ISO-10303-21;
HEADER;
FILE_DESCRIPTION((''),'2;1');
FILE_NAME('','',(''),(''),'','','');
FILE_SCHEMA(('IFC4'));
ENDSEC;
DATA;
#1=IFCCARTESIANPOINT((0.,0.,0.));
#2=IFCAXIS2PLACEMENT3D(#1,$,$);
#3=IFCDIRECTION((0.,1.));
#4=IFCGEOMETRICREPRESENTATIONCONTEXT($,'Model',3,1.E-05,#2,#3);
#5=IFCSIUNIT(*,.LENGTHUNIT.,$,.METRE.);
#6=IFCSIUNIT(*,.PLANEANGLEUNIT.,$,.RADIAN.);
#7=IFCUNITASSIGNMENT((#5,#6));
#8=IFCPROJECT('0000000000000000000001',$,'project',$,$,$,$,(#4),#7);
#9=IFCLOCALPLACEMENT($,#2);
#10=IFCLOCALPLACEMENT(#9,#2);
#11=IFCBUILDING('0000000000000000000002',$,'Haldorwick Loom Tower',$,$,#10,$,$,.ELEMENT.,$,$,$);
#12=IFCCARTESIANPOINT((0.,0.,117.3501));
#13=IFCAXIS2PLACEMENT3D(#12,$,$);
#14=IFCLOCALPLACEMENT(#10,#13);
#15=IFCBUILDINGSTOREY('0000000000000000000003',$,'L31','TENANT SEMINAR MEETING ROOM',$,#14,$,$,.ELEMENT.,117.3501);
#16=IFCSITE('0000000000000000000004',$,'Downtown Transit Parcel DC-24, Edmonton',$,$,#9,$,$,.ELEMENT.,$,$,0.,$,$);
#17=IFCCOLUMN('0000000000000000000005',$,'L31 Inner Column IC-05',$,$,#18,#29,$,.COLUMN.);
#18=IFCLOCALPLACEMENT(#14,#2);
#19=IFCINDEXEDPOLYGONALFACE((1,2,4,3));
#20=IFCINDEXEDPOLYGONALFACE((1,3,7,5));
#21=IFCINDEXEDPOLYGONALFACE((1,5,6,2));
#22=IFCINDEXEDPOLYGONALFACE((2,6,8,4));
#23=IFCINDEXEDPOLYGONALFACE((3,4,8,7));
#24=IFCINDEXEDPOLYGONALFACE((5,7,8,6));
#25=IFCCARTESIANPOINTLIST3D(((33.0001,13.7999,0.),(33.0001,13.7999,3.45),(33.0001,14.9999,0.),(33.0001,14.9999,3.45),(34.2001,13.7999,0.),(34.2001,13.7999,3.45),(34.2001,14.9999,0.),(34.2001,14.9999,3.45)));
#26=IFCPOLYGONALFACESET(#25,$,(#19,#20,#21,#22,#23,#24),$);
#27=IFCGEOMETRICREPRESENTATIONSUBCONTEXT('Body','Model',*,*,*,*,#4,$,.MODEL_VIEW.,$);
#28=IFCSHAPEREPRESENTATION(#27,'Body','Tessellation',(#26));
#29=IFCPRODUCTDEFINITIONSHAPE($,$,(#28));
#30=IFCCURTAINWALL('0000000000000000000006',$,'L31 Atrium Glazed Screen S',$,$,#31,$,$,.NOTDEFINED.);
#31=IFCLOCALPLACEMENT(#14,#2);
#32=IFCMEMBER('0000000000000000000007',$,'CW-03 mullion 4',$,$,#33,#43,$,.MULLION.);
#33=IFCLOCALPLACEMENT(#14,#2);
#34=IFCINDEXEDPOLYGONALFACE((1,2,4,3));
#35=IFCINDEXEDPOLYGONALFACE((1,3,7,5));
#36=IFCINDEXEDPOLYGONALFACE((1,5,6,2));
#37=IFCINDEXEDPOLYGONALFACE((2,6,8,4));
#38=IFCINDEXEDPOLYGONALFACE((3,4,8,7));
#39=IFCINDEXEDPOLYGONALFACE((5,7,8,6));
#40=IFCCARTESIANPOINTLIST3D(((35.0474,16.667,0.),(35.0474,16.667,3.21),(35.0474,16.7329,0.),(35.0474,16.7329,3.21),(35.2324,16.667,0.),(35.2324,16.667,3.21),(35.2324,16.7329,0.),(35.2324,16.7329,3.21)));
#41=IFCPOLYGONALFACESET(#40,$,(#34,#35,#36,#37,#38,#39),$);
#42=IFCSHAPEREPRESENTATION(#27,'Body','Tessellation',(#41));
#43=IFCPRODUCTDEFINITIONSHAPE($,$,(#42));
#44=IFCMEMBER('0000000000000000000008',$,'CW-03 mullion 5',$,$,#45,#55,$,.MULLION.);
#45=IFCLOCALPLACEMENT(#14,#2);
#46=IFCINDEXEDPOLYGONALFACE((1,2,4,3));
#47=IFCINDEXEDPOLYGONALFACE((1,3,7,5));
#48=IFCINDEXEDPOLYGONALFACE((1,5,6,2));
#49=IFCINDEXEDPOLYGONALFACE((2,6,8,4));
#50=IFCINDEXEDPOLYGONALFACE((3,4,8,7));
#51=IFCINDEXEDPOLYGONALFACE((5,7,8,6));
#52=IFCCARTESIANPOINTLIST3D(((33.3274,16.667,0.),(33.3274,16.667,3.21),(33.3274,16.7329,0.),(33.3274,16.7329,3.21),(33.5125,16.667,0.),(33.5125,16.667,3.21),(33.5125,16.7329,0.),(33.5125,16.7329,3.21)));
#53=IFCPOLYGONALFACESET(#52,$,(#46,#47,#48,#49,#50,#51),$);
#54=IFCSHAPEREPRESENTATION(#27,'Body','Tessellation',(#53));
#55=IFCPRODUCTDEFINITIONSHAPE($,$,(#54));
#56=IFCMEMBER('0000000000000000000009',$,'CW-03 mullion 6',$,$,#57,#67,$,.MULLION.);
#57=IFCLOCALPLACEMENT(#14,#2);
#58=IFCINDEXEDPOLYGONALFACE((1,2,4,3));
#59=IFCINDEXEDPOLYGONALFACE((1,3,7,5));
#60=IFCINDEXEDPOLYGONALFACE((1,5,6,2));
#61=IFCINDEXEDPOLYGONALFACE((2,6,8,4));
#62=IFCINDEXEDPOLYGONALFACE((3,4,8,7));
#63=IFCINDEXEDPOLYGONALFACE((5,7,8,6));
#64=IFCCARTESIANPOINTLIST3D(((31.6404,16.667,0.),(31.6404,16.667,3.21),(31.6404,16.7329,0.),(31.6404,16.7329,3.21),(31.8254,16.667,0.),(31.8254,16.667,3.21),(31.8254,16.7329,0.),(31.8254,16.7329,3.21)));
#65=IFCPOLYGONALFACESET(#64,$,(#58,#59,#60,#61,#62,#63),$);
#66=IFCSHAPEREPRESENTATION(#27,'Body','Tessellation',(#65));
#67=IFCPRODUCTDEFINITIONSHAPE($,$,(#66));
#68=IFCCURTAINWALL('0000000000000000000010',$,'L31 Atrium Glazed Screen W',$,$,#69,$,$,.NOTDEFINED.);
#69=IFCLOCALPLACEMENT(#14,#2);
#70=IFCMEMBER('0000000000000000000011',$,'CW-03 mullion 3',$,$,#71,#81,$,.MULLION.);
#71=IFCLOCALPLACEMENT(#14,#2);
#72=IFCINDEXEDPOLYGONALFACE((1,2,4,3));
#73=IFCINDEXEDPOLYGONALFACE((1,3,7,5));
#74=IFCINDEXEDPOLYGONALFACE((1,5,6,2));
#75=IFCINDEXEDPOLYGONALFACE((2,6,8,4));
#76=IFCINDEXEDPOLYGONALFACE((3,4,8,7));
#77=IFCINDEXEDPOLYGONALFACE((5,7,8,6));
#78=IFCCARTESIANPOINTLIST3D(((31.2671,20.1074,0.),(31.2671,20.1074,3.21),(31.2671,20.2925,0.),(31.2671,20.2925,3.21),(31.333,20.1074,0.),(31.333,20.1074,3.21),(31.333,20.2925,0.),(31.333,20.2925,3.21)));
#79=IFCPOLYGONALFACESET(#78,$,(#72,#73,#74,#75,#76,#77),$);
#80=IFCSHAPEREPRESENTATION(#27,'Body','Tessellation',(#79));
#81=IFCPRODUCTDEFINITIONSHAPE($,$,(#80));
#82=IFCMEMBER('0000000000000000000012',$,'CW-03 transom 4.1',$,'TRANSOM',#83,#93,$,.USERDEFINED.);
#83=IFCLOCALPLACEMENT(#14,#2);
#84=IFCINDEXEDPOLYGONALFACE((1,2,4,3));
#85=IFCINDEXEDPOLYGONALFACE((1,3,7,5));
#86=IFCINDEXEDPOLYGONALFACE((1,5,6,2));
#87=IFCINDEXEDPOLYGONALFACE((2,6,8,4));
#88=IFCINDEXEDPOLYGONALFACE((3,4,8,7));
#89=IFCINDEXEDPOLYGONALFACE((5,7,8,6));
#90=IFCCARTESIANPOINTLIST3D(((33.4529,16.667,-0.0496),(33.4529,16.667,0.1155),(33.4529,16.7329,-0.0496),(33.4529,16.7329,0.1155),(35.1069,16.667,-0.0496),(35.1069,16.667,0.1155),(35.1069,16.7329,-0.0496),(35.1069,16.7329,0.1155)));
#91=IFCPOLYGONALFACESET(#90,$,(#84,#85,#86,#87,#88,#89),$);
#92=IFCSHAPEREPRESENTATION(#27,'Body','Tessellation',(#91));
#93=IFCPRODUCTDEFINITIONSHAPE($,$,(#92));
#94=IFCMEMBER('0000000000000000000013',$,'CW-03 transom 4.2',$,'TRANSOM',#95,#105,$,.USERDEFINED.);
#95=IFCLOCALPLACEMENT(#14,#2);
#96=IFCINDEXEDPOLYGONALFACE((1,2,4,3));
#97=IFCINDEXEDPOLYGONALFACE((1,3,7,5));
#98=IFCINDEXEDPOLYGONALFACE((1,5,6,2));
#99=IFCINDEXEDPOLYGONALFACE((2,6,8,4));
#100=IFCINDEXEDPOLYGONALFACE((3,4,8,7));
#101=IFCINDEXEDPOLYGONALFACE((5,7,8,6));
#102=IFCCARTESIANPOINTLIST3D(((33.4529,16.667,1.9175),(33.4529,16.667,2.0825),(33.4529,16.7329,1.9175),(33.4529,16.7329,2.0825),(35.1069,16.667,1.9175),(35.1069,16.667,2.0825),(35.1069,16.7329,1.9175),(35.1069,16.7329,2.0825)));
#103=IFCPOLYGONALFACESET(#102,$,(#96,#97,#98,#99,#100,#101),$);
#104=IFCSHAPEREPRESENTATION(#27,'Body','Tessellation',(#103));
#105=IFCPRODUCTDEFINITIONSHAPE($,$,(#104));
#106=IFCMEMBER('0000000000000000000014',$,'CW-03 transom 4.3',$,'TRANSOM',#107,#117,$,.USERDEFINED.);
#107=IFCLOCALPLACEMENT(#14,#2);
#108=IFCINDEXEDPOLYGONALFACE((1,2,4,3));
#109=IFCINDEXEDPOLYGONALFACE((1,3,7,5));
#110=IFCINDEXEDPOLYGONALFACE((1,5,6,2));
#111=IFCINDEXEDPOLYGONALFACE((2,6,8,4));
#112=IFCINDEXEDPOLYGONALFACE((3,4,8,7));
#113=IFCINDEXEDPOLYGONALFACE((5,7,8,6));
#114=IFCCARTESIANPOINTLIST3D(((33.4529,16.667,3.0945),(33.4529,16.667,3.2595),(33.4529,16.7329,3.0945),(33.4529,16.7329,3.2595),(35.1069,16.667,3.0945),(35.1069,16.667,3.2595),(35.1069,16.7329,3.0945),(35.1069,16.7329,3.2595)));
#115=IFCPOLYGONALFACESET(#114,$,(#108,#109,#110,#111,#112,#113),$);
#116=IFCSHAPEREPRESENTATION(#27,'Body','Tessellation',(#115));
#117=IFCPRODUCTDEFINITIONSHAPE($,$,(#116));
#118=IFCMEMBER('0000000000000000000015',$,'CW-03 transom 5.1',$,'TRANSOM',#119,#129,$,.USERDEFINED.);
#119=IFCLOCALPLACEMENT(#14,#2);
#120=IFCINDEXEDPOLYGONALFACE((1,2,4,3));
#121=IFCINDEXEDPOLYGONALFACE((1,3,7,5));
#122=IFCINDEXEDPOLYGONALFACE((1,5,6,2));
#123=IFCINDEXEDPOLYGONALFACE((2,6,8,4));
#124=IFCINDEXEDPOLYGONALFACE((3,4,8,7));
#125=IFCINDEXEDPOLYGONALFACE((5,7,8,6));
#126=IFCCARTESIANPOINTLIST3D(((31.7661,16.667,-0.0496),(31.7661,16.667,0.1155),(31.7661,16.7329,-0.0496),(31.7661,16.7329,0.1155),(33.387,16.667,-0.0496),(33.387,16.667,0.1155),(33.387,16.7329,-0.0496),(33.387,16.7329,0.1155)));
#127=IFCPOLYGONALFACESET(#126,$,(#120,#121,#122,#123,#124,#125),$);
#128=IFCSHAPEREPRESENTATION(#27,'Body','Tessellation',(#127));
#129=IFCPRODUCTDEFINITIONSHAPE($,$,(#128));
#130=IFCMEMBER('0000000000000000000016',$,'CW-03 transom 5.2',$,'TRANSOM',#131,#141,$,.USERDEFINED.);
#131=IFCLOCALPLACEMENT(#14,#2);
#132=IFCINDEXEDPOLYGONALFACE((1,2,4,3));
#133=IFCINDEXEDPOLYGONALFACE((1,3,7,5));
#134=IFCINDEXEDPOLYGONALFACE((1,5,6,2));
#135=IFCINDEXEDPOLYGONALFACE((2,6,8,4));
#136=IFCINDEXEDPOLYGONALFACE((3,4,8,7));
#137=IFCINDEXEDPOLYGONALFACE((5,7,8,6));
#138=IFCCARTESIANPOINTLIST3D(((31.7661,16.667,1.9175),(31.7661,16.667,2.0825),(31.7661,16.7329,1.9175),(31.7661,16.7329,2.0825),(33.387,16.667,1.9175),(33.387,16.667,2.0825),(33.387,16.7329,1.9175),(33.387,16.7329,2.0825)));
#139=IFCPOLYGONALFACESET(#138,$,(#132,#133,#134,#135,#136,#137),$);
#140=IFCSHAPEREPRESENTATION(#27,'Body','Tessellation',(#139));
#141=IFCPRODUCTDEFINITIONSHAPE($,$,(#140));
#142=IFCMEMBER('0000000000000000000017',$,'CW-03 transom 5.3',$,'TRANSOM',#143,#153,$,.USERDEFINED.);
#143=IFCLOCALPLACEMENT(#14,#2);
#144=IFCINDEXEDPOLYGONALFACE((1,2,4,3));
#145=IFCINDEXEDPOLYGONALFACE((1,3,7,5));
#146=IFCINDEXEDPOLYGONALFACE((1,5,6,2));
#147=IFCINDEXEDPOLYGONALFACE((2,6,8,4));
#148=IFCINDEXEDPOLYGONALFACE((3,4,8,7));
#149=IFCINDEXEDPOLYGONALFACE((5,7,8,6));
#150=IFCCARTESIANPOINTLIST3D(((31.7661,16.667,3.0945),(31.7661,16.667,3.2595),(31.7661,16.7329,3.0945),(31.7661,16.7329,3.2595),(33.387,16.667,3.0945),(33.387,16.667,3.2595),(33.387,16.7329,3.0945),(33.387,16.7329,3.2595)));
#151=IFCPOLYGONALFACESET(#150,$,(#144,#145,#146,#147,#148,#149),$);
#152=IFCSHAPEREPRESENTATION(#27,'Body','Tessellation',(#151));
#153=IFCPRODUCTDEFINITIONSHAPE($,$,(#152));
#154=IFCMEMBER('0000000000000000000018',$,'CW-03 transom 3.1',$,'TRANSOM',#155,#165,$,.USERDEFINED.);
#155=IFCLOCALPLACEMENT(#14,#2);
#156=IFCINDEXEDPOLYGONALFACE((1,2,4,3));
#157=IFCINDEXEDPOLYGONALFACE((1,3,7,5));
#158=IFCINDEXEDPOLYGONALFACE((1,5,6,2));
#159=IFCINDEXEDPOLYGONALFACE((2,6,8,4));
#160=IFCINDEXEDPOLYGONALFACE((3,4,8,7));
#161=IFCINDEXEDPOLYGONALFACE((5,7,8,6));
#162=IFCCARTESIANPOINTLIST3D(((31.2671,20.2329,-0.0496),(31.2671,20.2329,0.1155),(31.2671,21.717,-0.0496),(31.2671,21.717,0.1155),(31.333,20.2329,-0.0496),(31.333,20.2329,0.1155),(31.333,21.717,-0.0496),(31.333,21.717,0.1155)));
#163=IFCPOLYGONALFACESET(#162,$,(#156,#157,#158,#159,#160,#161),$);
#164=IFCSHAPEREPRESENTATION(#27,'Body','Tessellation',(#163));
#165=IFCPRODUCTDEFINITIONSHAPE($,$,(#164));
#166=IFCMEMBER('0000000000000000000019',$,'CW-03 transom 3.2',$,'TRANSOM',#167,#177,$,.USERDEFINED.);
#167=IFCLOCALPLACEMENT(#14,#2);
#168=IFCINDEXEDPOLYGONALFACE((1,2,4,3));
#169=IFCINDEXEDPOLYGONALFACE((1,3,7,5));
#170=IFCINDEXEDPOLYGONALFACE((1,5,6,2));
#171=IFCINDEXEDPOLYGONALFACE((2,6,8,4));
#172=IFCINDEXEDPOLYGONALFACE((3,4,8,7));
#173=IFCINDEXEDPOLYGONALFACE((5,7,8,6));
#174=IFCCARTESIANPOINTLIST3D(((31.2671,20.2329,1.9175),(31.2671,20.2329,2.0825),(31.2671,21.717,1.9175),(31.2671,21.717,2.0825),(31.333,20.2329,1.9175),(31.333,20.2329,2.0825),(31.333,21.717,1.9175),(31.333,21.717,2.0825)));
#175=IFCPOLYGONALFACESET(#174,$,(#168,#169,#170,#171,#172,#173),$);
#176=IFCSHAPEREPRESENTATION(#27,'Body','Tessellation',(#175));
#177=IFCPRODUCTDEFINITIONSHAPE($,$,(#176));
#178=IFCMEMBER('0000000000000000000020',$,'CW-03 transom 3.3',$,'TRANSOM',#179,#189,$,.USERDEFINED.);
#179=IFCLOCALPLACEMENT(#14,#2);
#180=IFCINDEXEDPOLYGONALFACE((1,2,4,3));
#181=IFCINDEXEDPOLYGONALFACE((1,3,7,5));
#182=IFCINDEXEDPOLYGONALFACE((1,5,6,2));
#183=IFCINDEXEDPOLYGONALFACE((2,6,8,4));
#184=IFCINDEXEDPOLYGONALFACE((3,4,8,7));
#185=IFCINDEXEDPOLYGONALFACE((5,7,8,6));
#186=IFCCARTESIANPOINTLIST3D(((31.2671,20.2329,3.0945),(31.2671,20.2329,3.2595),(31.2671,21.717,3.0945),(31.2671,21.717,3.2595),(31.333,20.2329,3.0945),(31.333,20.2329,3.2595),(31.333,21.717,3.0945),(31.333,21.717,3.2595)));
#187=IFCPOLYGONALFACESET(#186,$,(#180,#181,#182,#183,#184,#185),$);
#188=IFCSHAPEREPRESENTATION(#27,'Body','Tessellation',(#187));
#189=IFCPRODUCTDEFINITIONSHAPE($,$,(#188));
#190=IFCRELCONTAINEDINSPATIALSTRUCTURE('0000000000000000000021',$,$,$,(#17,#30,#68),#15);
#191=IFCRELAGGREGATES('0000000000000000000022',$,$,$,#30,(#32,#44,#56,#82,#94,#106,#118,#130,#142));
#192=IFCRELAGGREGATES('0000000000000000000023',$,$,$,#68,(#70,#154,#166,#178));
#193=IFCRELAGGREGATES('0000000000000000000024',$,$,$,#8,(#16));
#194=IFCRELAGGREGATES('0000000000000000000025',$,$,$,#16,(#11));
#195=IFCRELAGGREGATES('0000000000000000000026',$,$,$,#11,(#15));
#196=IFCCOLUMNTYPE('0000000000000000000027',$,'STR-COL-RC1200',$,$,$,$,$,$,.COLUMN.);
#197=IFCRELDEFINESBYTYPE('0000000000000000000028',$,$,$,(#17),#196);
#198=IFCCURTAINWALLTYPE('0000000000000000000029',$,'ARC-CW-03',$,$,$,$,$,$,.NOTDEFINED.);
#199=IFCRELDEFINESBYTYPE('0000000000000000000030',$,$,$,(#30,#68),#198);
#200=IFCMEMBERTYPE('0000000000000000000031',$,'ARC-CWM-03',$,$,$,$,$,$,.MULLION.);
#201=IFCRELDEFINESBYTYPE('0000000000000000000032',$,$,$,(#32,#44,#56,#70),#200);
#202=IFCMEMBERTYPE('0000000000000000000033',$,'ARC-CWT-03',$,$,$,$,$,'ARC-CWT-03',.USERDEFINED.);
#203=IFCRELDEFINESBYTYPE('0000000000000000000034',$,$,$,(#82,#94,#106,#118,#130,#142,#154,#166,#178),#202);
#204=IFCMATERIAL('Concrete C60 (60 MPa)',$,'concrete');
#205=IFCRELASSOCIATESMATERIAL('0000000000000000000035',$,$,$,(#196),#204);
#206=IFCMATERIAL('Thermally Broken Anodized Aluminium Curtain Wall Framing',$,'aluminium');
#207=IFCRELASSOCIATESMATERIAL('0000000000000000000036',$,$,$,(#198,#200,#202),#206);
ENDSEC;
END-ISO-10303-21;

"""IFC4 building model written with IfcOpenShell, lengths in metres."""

from ifc_helpers import new_model, si_unit, direction, frame, origin, origin_2d, place, context, subcontext, project, spatial, rectangle, extrude, material, material_profile, profile_set, type_object, element, aggregate, save


model = new_model("IFC4")

# Units and contexts
model_context = context("Model", 3, precision=1e-05, world=origin(), true_north=direction((0.0, 1.0)))
body_context = subcontext(model_context, "Body", "Model", "MODEL_VIEW")
ifc_project = project(units=[si_unit("LENGTHUNIT", "METRE"), si_unit("PLANEANGLEUNIT", "RADIAN")], contexts=[model_context])

# Site, building, storey
site_placement = place(None, origin())
site = spatial("IfcSite", under=ifc_project, at=site_placement, Name="Downtown Transit Parcel DC-24, Edmonton", CompositionType="ELEMENT", RefElevation=0.0)
building_placement = place(site_placement, origin())
building = spatial("IfcBuilding", under=site, at=building_placement, Name="Haldorwick Loom Tower", CompositionType="ELEMENT")
storey_placement = place(building_placement, frame((0.0, 0.0, 117.3501)))
storey = spatial("IfcBuildingStorey", under=building, at=storey_placement, Name="L31", Description="TENANT SEMINAR MEETING ROOM", CompositionType="ELEMENT", Elevation=117.3501)

# Column
ifc_material_1 = material(Name="Concrete C60 (60 MPa)", Category="concrete")
ifc_material_profile_1 = material_profile(ifc_material_1, rectangle(XDim=1.2, YDim=1.2, at=origin_2d()), Name="RC1200X1200", Category="concrete")
ifc_profile_set_1 = profile_set([ifc_material_profile_1], Name="Concrete C60 (60 MPa)")
column_type = type_object("IfcColumnType", Name="STR-COL-RC1200", PredefinedType="COLUMN", material=ifc_profile_set_1)
column_placement = place(storey_placement, frame((33.6001, 14.3999, 0.0), z_axis=(0.0, 0.0, 1.0), x_axis=(1.0, 0.0, 0.0)))
element("IfcColumn", 1, at=column_placement, inside=storey, type_object=column_type, Name="L31 Inner Column IC-05", PredefinedType="COLUMN", context=body_context, shape_type="SweptSolid", body=[
    extrude(rectangle(XDim=1.2, YDim=1.2, at=origin_2d()), origin(), (0.0, 0.0, 1.0), 3.45),
])

# Curtain wall, members
ifc_material_2 = material(Name="Thermally Broken Anodized Aluminium Curtain Wall Framing", Category="aluminium")
curtain_wall_type = type_object("IfcCurtainWallType", Name="ARC-CW-03", PredefinedType="NOTDEFINED", material=ifc_material_2)
curtain_wall_1_placement = place(storey_placement, origin())
curtain_wall_1 = element("IfcCurtainWall", 2, at=curtain_wall_1_placement, inside=storey, type_object=curtain_wall_type, Name="L31 Atrium Glazed Screen S", PredefinedType="NOTDEFINED")
ifc_material_profile_2 = material_profile(ifc_material_2, rectangle(XDim=0.0659, YDim=0.1851, at=origin_2d()), Name="ALU_MUL_66X185", Category="aluminium")
ifc_profile_set_2 = profile_set([ifc_material_profile_2], Name="Thermally Broken Anodized Aluminium Curtain Wall Framing")
member_type_1 = type_object("IfcMemberType", Name="ARC-CWM-03", PredefinedType="MULLION", material=ifc_profile_set_2)
member_1_placement = place(storey_placement, frame((35.1399, 16.7, 0.0), z_axis=(0.0, 0.0, 1.0), x_axis=(0.0, -1.0, 0.0)))
member_1 = element("IfcMember", 3, at=member_1_placement, type_object=member_type_1, Name="CW-03 mullion 4", PredefinedType="MULLION", context=body_context, shape_type="SweptSolid", body=[
    extrude(rectangle(XDim=0.0659, YDim=0.1851, at=origin_2d()), origin(), (0.0, 0.0, 1.0), 3.21),
])
member_2_placement = place(storey_placement, frame((33.4199, 16.7, 0.0), z_axis=(0.0, 0.0, 1.0), x_axis=(0.0, -1.0, 0.0)))
member_2 = element("IfcMember", 4, at=member_2_placement, type_object=member_type_1, Name="CW-03 mullion 5", PredefinedType="MULLION", context=body_context, shape_type="SweptSolid", body=[
    extrude(rectangle(XDim=0.0659, YDim=0.1851, at=origin_2d()), origin(), (0.0, 0.0, 1.0), 3.21),
])
member_3_placement = place(storey_placement, frame((31.7329, 16.7, 0.0), z_axis=(0.0, 0.0, 1.0), x_axis=(0.0, -1.0, 0.0)))
member_3 = element("IfcMember", 5, at=member_3_placement, type_object=member_type_1, Name="CW-03 mullion 6", PredefinedType="MULLION", context=body_context, shape_type="SweptSolid", body=[
    extrude(rectangle(XDim=0.0659, YDim=0.1851, at=origin_2d()), origin(), (0.0, 0.0, 1.0), 3.21),
])

# Curtain wall, member
curtain_wall_2_placement = place(storey_placement, origin())
curtain_wall_2 = element("IfcCurtainWall", 6, at=curtain_wall_2_placement, inside=storey, type_object=curtain_wall_type, Name="L31 Atrium Glazed Screen W", PredefinedType="NOTDEFINED")
member_4_placement = place(storey_placement, frame((31.3, 20.2, 0.0), z_axis=(0.0, 0.0, 1.0), x_axis=(-1.0, 0.0, 0.0)))
member_4 = element("IfcMember", 7, at=member_4_placement, type_object=member_type_1, Name="CW-03 mullion 3", PredefinedType="MULLION", context=body_context, shape_type="SweptSolid", body=[
    extrude(rectangle(XDim=0.0659, YDim=0.1851, at=origin_2d()), origin(), (0.0, 0.0, 1.0), 3.21),
])

# Members
ifc_material_profile_3 = material_profile(ifc_material_2, rectangle(XDim=0.0659, YDim=0.165, at=origin_2d()), Name="ALU_TRN_66X165", Category="aluminium")
ifc_profile_set_3 = profile_set([ifc_material_profile_3], Name="Thermally Broken Anodized Aluminium Curtain Wall Framing")
member_type_2 = type_object("IfcMemberType", Name="ARC-CWT-03", ElementType="ARC-CWT-03", PredefinedType="USERDEFINED", material=ifc_profile_set_3)
member_5_placement = place(storey_placement, frame((35.1069, 16.7, 0.033), z_axis=(-1.0, 0.0, 0.0), x_axis=(0.0, -1.0, 0.0)))
member_5 = element("IfcMember", 8, at=member_5_placement, type_object=member_type_2, Name="CW-03 transom 4.1", ObjectType="TRANSOM", PredefinedType="USERDEFINED", context=body_context, shape_type="SweptSolid", body=[
    extrude(rectangle(XDim=0.0659, YDim=0.165, at=origin_2d()), origin(), (0.0, 0.0, 1.0), 1.6541),
])
member_6_placement = place(storey_placement, frame((35.1069, 16.7, 2.0), z_axis=(-1.0, 0.0, 0.0), x_axis=(0.0, -1.0, 0.0)))
member_6 = element("IfcMember", 9, at=member_6_placement, type_object=member_type_2, Name="CW-03 transom 4.2", ObjectType="TRANSOM", PredefinedType="USERDEFINED", context=body_context, shape_type="SweptSolid", body=[
    extrude(rectangle(XDim=0.0659, YDim=0.165, at=origin_2d()), origin(), (0.0, 0.0, 1.0), 1.6541),
])
member_7_placement = place(storey_placement, frame((35.1069, 16.7, 3.177), z_axis=(-1.0, 0.0, 0.0), x_axis=(0.0, -1.0, 0.0)))
member_7 = element("IfcMember", 10, at=member_7_placement, type_object=member_type_2, Name="CW-03 transom 4.3", ObjectType="TRANSOM", PredefinedType="USERDEFINED", context=body_context, shape_type="SweptSolid", body=[
    extrude(rectangle(XDim=0.0659, YDim=0.165, at=origin_2d()), origin(), (0.0, 0.0, 1.0), 1.6541),
])
member_8_placement = place(storey_placement, frame((33.387, 16.7, 0.033), z_axis=(-1.0, 0.0, 0.0), x_axis=(0.0, -1.0, 0.0)))
member_8 = element("IfcMember", 11, at=member_8_placement, type_object=member_type_2, Name="CW-03 transom 5.1", ObjectType="TRANSOM", PredefinedType="USERDEFINED", context=body_context, shape_type="SweptSolid", body=[
    extrude(rectangle(XDim=0.0659, YDim=0.165, at=origin_2d()), origin(), (0.0, 0.0, 1.0), 1.6208),
])
member_9_placement = place(storey_placement, frame((33.387, 16.7, 2.0), z_axis=(-1.0, 0.0, 0.0), x_axis=(0.0, -1.0, 0.0)))
member_9 = element("IfcMember", 12, at=member_9_placement, type_object=member_type_2, Name="CW-03 transom 5.2", ObjectType="TRANSOM", PredefinedType="USERDEFINED", context=body_context, shape_type="SweptSolid", body=[
    extrude(rectangle(XDim=0.0659, YDim=0.165, at=origin_2d()), origin(), (0.0, 0.0, 1.0), 1.6208),
])
member_10_placement = place(storey_placement, frame((33.387, 16.7, 3.177), z_axis=(-1.0, 0.0, 0.0), x_axis=(0.0, -1.0, 0.0)))
member_10 = element("IfcMember", 13, at=member_10_placement, type_object=member_type_2, Name="CW-03 transom 5.3", ObjectType="TRANSOM", PredefinedType="USERDEFINED", context=body_context, shape_type="SweptSolid", body=[
    extrude(rectangle(XDim=0.0659, YDim=0.165, at=origin_2d()), origin(), (0.0, 0.0, 1.0), 1.6208),
])
member_11_placement = place(storey_placement, frame((31.3, 20.2329, 0.033), z_axis=(0.0, 1.0, 0.0), x_axis=(-1.0, 0.0, 0.0)))
member_11 = element("IfcMember", 14, at=member_11_placement, type_object=member_type_2, Name="CW-03 transom 3.1", ObjectType="TRANSOM", PredefinedType="USERDEFINED", context=body_context, shape_type="SweptSolid", body=[
    extrude(rectangle(XDim=0.0659, YDim=0.165, at=origin_2d()), origin(), (0.0, 0.0, 1.0), 1.4841),
])
member_12_placement = place(storey_placement, frame((31.3, 20.2329, 2.0), z_axis=(0.0, 1.0, 0.0), x_axis=(-1.0, 0.0, 0.0)))
member_12 = element("IfcMember", 15, at=member_12_placement, type_object=member_type_2, Name="CW-03 transom 3.2", ObjectType="TRANSOM", PredefinedType="USERDEFINED", context=body_context, shape_type="SweptSolid", body=[
    extrude(rectangle(XDim=0.0659, YDim=0.165, at=origin_2d()), origin(), (0.0, 0.0, 1.0), 1.4841),
])
member_13_placement = place(storey_placement, frame((31.3, 20.2329, 3.177), z_axis=(0.0, 1.0, 0.0), x_axis=(-1.0, 0.0, 0.0)))
member_13 = element("IfcMember", 16, at=member_13_placement, type_object=member_type_2, Name="CW-03 transom 3.3", ObjectType="TRANSOM", PredefinedType="USERDEFINED", context=body_context, shape_type="SweptSolid", body=[
    extrude(rectangle(XDim=0.0659, YDim=0.165, at=origin_2d()), origin(), (0.0, 0.0, 1.0), 1.4841),
])

aggregate(curtain_wall_1, [member_1, member_2, member_3, member_5, member_6, member_7, member_8, member_9, member_10])
aggregate(curtain_wall_2, [member_4, member_11, member_12, member_13])

save(model, "model.ifc")
